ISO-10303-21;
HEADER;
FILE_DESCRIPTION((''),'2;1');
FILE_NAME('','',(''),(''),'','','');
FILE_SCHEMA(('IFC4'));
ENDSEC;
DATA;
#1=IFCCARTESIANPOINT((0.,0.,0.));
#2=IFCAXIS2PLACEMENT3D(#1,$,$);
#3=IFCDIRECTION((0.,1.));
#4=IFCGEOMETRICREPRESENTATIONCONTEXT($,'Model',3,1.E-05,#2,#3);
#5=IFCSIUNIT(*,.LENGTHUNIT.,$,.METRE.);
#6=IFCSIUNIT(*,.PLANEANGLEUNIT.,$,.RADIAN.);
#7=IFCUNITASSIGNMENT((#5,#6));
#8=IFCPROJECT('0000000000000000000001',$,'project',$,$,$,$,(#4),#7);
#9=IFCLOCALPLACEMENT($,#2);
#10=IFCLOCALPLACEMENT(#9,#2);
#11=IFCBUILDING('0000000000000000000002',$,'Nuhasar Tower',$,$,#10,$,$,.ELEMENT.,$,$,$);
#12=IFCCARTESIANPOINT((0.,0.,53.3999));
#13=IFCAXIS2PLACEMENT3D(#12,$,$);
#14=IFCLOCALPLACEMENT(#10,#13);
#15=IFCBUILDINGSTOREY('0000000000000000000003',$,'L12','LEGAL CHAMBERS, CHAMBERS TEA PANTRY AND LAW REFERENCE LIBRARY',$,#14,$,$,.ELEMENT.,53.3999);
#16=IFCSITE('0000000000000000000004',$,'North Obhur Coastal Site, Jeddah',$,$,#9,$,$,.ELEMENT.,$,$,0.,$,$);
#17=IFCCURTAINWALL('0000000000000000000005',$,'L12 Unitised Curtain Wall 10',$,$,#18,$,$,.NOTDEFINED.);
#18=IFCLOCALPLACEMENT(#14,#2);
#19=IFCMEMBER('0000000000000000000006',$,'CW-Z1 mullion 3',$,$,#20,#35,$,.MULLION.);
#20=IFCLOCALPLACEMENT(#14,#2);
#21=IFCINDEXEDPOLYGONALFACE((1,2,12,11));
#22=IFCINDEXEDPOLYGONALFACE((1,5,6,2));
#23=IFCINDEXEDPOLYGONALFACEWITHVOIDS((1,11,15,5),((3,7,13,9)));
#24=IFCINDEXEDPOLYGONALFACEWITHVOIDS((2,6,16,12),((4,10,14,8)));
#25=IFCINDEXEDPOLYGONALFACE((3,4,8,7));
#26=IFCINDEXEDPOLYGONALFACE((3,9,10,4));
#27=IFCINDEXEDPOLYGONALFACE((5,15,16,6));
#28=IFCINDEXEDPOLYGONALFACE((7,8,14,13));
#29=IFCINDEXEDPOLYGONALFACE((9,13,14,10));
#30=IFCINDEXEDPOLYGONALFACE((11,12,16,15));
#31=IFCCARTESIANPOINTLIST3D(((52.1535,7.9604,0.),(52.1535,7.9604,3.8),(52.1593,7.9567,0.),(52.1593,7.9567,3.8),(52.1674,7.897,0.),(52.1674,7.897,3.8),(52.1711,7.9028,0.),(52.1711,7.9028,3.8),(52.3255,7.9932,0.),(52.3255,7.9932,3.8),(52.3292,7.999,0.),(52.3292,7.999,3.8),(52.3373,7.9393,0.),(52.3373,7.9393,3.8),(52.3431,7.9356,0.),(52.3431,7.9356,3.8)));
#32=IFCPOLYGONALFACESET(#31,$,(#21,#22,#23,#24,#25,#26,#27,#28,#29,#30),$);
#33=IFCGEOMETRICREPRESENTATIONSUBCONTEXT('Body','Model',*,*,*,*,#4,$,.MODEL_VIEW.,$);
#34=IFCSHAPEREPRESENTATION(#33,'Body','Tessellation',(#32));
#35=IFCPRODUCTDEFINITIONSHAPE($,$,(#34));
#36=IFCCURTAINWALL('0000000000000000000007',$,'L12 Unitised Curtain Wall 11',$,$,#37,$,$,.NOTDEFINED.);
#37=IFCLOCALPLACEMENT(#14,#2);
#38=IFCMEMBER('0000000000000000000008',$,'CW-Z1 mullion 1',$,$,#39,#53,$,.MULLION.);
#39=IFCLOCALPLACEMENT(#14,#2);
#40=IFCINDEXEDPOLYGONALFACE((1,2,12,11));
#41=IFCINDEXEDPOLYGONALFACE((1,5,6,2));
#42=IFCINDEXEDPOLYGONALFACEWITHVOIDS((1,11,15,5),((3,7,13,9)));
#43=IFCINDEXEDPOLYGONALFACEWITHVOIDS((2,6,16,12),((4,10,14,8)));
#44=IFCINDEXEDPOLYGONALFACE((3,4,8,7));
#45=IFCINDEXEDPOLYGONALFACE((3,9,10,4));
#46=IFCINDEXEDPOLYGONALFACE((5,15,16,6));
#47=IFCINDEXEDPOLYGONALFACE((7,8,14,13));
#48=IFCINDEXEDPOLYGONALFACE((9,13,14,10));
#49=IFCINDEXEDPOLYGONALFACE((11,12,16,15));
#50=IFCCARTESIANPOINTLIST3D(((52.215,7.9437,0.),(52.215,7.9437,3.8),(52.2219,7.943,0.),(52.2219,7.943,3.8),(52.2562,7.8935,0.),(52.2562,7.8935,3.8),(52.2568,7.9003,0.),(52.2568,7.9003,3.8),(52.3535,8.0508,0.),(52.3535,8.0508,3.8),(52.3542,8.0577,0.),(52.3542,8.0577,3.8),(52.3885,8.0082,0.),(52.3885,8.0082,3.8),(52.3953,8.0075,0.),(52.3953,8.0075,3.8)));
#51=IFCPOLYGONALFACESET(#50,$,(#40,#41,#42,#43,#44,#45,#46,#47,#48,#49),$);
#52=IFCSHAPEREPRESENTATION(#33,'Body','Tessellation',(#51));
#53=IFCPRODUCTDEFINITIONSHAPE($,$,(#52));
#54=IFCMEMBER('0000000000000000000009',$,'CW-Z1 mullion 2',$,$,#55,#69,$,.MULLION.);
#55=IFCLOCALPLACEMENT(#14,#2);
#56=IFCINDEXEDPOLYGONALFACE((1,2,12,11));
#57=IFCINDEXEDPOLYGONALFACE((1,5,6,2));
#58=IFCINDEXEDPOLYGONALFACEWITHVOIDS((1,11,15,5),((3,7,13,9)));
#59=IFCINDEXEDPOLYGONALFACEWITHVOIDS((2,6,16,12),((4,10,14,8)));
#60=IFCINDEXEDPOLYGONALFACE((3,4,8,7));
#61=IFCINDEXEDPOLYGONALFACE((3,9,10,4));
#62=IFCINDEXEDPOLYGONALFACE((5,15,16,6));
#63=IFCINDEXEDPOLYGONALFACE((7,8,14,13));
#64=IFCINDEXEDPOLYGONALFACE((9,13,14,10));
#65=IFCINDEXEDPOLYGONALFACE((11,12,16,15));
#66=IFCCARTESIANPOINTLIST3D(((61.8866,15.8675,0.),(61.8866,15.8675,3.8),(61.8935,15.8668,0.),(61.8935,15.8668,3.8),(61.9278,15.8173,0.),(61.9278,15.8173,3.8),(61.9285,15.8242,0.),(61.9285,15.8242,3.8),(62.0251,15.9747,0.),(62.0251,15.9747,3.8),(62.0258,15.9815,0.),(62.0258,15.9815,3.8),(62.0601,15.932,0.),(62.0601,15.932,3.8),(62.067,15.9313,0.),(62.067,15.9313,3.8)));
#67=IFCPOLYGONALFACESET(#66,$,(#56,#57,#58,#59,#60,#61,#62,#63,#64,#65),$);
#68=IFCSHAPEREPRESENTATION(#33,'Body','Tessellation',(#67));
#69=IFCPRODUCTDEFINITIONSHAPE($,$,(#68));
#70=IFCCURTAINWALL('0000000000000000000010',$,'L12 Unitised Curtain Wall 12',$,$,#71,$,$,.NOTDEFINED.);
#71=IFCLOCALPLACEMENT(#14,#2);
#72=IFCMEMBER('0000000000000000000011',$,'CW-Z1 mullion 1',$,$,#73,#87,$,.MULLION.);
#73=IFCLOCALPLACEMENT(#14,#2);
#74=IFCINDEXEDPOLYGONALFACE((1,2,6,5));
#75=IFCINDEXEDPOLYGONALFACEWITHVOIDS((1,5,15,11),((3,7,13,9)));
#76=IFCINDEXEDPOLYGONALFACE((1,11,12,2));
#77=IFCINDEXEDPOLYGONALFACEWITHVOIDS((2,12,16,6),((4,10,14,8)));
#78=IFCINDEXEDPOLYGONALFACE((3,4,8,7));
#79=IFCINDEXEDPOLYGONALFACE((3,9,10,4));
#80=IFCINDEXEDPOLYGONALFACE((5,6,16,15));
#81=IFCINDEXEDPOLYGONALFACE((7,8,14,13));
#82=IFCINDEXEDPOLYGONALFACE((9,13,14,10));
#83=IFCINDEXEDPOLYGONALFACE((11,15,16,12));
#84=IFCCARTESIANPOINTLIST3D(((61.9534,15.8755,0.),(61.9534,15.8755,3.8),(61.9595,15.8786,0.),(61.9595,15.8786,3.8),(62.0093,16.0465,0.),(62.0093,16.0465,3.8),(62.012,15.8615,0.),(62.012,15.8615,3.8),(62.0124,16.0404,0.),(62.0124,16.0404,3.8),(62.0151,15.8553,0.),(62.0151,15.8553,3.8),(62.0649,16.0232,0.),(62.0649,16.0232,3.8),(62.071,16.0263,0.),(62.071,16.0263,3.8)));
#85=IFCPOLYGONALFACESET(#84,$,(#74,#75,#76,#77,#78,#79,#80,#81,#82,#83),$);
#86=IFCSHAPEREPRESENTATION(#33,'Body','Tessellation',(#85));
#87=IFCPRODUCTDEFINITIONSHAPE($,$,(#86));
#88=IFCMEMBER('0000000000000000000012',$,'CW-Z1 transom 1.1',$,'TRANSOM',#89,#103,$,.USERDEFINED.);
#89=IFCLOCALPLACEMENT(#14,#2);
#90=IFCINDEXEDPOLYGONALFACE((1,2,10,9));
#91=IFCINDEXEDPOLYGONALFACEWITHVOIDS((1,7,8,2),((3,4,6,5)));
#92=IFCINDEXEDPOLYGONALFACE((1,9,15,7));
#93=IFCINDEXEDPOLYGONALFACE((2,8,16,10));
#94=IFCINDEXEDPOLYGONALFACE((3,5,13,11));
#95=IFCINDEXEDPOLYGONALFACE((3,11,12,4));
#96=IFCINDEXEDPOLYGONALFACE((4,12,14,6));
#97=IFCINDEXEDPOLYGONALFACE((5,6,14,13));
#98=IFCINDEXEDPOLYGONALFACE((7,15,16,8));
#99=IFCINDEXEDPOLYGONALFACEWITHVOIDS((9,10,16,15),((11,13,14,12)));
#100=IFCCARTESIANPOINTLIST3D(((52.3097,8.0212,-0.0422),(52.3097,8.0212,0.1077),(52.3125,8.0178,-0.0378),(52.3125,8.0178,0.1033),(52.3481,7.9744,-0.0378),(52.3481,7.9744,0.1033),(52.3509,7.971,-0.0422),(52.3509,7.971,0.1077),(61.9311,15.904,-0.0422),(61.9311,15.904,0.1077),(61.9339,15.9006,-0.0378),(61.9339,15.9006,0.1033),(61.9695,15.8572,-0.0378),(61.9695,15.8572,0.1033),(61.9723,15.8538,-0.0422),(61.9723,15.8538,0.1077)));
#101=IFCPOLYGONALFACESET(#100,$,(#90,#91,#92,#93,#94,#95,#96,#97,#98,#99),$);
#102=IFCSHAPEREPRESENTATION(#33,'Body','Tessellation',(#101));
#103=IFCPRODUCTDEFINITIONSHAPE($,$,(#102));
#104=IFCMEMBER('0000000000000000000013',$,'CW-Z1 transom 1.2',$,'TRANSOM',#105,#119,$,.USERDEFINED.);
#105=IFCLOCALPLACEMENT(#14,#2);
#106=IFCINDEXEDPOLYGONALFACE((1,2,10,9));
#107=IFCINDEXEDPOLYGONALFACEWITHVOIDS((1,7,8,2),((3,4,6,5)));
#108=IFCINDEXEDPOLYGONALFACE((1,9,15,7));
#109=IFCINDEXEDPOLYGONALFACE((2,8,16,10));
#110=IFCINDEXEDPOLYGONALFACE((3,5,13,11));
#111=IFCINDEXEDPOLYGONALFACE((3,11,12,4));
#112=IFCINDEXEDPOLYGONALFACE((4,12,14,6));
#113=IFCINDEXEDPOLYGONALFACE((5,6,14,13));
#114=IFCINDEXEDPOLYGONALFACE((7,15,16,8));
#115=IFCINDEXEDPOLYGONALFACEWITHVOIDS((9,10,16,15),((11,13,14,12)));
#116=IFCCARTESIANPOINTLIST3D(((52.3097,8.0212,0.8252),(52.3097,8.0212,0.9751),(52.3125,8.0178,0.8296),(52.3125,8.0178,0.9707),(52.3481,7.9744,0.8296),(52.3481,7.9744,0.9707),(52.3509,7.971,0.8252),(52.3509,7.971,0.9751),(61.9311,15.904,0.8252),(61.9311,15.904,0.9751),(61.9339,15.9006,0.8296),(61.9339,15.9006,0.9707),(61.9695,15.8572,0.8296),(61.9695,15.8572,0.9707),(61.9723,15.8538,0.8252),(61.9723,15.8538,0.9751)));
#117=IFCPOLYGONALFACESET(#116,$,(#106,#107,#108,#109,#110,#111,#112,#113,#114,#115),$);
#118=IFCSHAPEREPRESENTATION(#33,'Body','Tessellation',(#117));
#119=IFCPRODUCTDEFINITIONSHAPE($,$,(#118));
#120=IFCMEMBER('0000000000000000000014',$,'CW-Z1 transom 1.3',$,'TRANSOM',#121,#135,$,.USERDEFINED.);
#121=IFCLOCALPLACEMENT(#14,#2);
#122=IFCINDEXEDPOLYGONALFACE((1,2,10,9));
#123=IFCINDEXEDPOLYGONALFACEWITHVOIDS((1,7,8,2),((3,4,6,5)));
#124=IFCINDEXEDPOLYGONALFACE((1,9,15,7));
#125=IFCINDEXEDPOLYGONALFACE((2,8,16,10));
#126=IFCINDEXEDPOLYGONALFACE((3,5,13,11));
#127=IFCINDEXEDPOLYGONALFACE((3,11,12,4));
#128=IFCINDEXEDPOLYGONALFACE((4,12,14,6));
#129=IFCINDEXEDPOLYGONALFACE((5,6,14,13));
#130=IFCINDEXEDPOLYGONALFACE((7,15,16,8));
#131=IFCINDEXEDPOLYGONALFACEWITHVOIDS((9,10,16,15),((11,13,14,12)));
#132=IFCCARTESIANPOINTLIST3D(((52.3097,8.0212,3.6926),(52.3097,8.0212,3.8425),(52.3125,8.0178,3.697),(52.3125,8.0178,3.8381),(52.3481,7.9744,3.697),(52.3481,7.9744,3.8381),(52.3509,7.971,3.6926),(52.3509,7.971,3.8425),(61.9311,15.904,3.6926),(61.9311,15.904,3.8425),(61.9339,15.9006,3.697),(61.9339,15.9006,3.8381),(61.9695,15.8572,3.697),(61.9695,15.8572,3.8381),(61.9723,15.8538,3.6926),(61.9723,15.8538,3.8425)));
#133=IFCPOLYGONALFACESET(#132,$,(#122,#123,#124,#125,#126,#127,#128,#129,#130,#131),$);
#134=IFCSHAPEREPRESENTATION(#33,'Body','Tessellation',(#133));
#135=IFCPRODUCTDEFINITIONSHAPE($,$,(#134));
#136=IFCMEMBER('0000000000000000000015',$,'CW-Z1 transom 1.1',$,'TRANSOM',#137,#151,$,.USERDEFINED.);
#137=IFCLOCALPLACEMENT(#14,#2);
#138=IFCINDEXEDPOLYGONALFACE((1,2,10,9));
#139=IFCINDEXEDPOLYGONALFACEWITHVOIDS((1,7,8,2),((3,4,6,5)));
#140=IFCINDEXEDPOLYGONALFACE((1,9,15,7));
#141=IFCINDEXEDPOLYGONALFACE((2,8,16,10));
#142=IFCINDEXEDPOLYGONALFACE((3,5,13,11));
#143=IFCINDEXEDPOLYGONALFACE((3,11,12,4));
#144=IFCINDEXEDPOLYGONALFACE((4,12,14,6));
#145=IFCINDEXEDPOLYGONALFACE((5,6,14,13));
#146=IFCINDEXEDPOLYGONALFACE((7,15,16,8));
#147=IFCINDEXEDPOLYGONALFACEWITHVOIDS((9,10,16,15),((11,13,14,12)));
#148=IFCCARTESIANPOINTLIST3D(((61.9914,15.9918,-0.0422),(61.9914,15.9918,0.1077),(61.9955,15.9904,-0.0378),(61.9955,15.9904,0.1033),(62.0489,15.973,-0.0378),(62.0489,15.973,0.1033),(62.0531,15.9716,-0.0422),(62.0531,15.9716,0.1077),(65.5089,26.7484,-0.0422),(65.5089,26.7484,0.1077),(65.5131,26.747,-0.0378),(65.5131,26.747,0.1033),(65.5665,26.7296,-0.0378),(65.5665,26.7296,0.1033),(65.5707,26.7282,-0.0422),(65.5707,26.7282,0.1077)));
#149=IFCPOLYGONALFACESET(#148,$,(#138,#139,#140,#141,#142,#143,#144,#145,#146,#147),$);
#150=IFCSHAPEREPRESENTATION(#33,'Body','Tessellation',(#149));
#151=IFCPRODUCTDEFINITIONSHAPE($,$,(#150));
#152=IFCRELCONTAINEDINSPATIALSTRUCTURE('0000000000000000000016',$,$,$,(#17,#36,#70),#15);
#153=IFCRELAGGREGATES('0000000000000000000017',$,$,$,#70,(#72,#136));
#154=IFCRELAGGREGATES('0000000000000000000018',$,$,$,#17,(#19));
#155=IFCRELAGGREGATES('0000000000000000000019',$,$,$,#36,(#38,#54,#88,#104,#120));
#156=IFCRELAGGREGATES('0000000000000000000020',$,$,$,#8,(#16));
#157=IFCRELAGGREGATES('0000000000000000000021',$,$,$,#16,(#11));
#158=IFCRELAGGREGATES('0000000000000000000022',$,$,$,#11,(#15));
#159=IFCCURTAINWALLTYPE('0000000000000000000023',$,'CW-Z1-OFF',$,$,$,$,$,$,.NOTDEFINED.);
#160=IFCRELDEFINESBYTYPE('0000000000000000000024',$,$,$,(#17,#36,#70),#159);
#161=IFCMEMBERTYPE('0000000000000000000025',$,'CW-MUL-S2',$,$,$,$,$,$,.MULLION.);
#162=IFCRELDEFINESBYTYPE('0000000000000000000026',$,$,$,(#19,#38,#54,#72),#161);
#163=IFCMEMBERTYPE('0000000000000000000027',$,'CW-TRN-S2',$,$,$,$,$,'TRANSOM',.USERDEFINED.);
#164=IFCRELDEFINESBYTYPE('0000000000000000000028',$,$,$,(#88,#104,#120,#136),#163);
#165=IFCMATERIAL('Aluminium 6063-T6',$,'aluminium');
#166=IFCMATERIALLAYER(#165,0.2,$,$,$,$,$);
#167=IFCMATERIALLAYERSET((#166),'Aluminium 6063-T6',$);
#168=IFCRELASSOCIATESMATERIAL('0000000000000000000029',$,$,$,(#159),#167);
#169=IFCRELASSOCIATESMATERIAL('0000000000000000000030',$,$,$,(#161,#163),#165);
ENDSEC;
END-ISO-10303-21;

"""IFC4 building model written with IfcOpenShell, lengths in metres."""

from ifc_helpers import new_model, si_unit, direction, frame, origin, origin_2d, place, context, subcontext, project, spatial, hollow_rectangle, extrude, material, layer, layer_set, material_profile, profile_set, type_object, element, aggregate, save


model = new_model("IFC4")

# Units and contexts
model_context = context("Model", 3, precision=1e-05, world=origin(), true_north=direction((0.0, 1.0)))
body_context = subcontext(model_context, "Body", "Model", "MODEL_VIEW")
ifc_project = project(units=[si_unit("LENGTHUNIT", "METRE"), si_unit("PLANEANGLEUNIT", "RADIAN")], contexts=[model_context])

# Site, building, storey
site_placement = place(None, origin())
site = spatial("IfcSite", under=ifc_project, at=site_placement, Name="North Obhur Coastal Site, Jeddah", CompositionType="ELEMENT", RefElevation=0.0)
building_placement = place(site_placement, origin())
building = spatial("IfcBuilding", under=site, at=building_placement, Name="Nuhasar Tower", CompositionType="ELEMENT")
storey_placement = place(building_placement, frame((0.0, 0.0, 53.3999)))
storey = spatial("IfcBuildingStorey", under=building, at=storey_placement, Name="L12", Description="LEGAL CHAMBERS, CHAMBERS TEA PANTRY AND LAW REFERENCE LIBRARY", CompositionType="ELEMENT", Elevation=53.3999)

# Curtain wall, member
ifc_material_1 = material(Name="Aluminium 6063-T6", Category="aluminium")
ifc_layer_1 = layer(ifc_material_1, 0.2)
ifc_layer_set_1 = layer_set([ifc_layer_1], Name="Aluminium 6063-T6")
curtain_wall_type = type_object("IfcCurtainWallType", Name="CW-Z1-OFF", PredefinedType="NOTDEFINED", material=ifc_layer_set_1)
curtain_wall_1_placement = place(storey_placement, origin())
curtain_wall_1 = element("IfcCurtainWall", 1, at=curtain_wall_1_placement, inside=storey, type_object=curtain_wall_type, Name="L12 Unitised Curtain Wall 10", PredefinedType="NOTDEFINED")
ifc_material_profile_1 = material_profile(ifc_material_1, hollow_rectangle(XDim=0.0649, YDim=0.1799, WallThickness=0.0049, at=origin_2d()), Name="CWM-2")
ifc_profile_set_1 = profile_set([ifc_material_profile_1], Name="Aluminium 6063-T6")
member_type_1 = type_object("IfcMemberType", Name="CW-MUL-S2", PredefinedType="MULLION", material=ifc_profile_set_1)
member_1_placement = place(storey_placement, frame((52.2483, 7.948, 0.0), z_axis=(0.0, 0.0, 1.0), x_axis=(-0.214399, 0.976746, 0.0)))
member_1 = element("IfcMember", 2, at=member_1_placement, type_object=member_type_1, Name="CW-Z1 mullion 3", PredefinedType="MULLION", context=body_context, shape_type="SweptSolid", body=[
    extrude(hollow_rectangle(XDim=0.0649, YDim=0.1799, WallThickness=0.0049, at=origin_2d()), origin(), (0.0, 0.0, 1.0), 3.8),
])

# Curtain wall, members
curtain_wall_2_placement = place(storey_placement, origin())
curtain_wall_2 = element("IfcCurtainWall", 3, at=curtain_wall_2_placement, inside=storey, type_object=curtain_wall_type, Name="L12 Unitised Curtain Wall 11", PredefinedType="NOTDEFINED")
member_2_placement = place(storey_placement, frame((52.3052, 7.9756, 0.0), z_axis=(0.0, 0.0, 1.0), x_axis=(-0.633745, 0.773542, 0.0)))
member_2 = element("IfcMember", 4, at=member_2_placement, type_object=member_type_1, Name="CW-Z1 mullion 1", PredefinedType="MULLION", context=body_context, shape_type="SweptSolid", body=[
    extrude(hollow_rectangle(XDim=0.0649, YDim=0.1799, WallThickness=0.0049, at=origin_2d()), origin(), (0.0, 0.0, 1.0), 3.8),
])
member_3_placement = place(storey_placement, frame((61.9768, 15.8994, 0.0), z_axis=(0.0, 0.0, 1.0), x_axis=(-0.633745, 0.773542, 0.0)))
member_3 = element("IfcMember", 5, at=member_3_placement, type_object=member_type_1, Name="CW-Z1 mullion 2", PredefinedType="MULLION", context=body_context, shape_type="SweptSolid", body=[
    extrude(hollow_rectangle(XDim=0.0649, YDim=0.1799, WallThickness=0.0049, at=origin_2d()), origin(), (0.0, 0.0, 1.0), 3.8),
])

# Curtain wall, member
curtain_wall_3_placement = place(storey_placement, origin())
curtain_wall_3 = element("IfcCurtainWall", 6, at=curtain_wall_3_placement, inside=storey, type_object=curtain_wall_type, Name="L12 Unitised Curtain Wall 12", PredefinedType="NOTDEFINED")
member_4_placement = place(storey_placement, frame((62.0122, 15.9509, 0.0), z_axis=(0.0, 0.0, 1.0), x_axis=(-0.950468, 0.310824, 0.0)))
member_4 = element("IfcMember", 7, at=member_4_placement, type_object=member_type_1, Name="CW-Z1 mullion 1", PredefinedType="MULLION", context=body_context, shape_type="SweptSolid", body=[
    extrude(hollow_rectangle(XDim=0.0649, YDim=0.1799, WallThickness=0.0049, at=origin_2d()), origin(), (0.0, 0.0, 1.0), 3.8),
])

# Members
ifc_material_profile_2 = material_profile(ifc_material_1, hollow_rectangle(XDim=0.0649, YDim=0.1499, WallThickness=0.0044, at=origin_2d()), Name="CWT-2")
ifc_profile_set_2 = profile_set([ifc_material_profile_2], Name="Aluminium 6063-T6")
member_type_2 = type_object("IfcMemberType", Name="CW-TRN-S2", ElementType="TRANSOM", PredefinedType="USERDEFINED", material=ifc_profile_set_2)
member_5_placement = place(storey_placement, frame((52.3303, 7.9961, 0.0327), z_axis=(0.773531, 0.633758, 0.0), x_axis=(-0.633758, 0.773531, 0.0)))
member_5 = element("IfcMember", 8, at=member_5_placement, type_object=member_type_2, Name="CW-Z1 transom 1.1", ObjectType="TRANSOM", PredefinedType="USERDEFINED", context=body_context, shape_type="SweptSolid", body=[
    extrude(hollow_rectangle(XDim=0.0649, YDim=0.1499, WallThickness=0.0044, at=origin_2d()), origin(), (0.0, 0.0, 1.0), 12.4382),
])
member_6_placement = place(storey_placement, frame((52.3303, 7.9961, 0.9001), z_axis=(0.773531, 0.633758, 0.0), x_axis=(-0.633758, 0.773531, 0.0)))
member_6 = element("IfcMember", 9, at=member_6_placement, type_object=member_type_2, Name="CW-Z1 transom 1.2", ObjectType="TRANSOM", PredefinedType="USERDEFINED", context=body_context, shape_type="SweptSolid", body=[
    extrude(hollow_rectangle(XDim=0.0649, YDim=0.1499, WallThickness=0.0044, at=origin_2d()), origin(), (0.0, 0.0, 1.0), 12.4382),
])
member_7_placement = place(storey_placement, frame((52.3303, 7.9961, 3.7676), z_axis=(0.773531, 0.633758, 0.0), x_axis=(-0.633758, 0.773531, 0.0)))
member_7 = element("IfcMember", 10, at=member_7_placement, type_object=member_type_2, Name="CW-Z1 transom 1.3", ObjectType="TRANSOM", PredefinedType="USERDEFINED", context=body_context, shape_type="SweptSolid", body=[
    extrude(hollow_rectangle(XDim=0.0649, YDim=0.1499, WallThickness=0.0044, at=origin_2d()), origin(), (0.0, 0.0, 1.0), 12.4382),
])
member_8_placement = place(storey_placement, frame((62.0222, 15.9817, 0.0327), z_axis=(0.310819, 0.950469, 0.0), x_axis=(-0.950469, 0.310819, 0.0)))
member_8 = element("IfcMember", 11, at=member_8_placement, type_object=member_type_2, Name="CW-Z1 transom 1.1", ObjectType="TRANSOM", PredefinedType="USERDEFINED", context=body_context, shape_type="SweptSolid", body=[
    extrude(hollow_rectangle(XDim=0.0649, YDim=0.1499, WallThickness=0.0044, at=origin_2d()), origin(), (0.0, 0.0, 1.0), 11.3171),
])
aggregate(curtain_wall_3, [member_4, member_8])

aggregate(curtain_wall_1, [member_1])
aggregate(curtain_wall_2, [member_2, member_3, member_5, member_6, member_7])

save(model, "model.ifc")
